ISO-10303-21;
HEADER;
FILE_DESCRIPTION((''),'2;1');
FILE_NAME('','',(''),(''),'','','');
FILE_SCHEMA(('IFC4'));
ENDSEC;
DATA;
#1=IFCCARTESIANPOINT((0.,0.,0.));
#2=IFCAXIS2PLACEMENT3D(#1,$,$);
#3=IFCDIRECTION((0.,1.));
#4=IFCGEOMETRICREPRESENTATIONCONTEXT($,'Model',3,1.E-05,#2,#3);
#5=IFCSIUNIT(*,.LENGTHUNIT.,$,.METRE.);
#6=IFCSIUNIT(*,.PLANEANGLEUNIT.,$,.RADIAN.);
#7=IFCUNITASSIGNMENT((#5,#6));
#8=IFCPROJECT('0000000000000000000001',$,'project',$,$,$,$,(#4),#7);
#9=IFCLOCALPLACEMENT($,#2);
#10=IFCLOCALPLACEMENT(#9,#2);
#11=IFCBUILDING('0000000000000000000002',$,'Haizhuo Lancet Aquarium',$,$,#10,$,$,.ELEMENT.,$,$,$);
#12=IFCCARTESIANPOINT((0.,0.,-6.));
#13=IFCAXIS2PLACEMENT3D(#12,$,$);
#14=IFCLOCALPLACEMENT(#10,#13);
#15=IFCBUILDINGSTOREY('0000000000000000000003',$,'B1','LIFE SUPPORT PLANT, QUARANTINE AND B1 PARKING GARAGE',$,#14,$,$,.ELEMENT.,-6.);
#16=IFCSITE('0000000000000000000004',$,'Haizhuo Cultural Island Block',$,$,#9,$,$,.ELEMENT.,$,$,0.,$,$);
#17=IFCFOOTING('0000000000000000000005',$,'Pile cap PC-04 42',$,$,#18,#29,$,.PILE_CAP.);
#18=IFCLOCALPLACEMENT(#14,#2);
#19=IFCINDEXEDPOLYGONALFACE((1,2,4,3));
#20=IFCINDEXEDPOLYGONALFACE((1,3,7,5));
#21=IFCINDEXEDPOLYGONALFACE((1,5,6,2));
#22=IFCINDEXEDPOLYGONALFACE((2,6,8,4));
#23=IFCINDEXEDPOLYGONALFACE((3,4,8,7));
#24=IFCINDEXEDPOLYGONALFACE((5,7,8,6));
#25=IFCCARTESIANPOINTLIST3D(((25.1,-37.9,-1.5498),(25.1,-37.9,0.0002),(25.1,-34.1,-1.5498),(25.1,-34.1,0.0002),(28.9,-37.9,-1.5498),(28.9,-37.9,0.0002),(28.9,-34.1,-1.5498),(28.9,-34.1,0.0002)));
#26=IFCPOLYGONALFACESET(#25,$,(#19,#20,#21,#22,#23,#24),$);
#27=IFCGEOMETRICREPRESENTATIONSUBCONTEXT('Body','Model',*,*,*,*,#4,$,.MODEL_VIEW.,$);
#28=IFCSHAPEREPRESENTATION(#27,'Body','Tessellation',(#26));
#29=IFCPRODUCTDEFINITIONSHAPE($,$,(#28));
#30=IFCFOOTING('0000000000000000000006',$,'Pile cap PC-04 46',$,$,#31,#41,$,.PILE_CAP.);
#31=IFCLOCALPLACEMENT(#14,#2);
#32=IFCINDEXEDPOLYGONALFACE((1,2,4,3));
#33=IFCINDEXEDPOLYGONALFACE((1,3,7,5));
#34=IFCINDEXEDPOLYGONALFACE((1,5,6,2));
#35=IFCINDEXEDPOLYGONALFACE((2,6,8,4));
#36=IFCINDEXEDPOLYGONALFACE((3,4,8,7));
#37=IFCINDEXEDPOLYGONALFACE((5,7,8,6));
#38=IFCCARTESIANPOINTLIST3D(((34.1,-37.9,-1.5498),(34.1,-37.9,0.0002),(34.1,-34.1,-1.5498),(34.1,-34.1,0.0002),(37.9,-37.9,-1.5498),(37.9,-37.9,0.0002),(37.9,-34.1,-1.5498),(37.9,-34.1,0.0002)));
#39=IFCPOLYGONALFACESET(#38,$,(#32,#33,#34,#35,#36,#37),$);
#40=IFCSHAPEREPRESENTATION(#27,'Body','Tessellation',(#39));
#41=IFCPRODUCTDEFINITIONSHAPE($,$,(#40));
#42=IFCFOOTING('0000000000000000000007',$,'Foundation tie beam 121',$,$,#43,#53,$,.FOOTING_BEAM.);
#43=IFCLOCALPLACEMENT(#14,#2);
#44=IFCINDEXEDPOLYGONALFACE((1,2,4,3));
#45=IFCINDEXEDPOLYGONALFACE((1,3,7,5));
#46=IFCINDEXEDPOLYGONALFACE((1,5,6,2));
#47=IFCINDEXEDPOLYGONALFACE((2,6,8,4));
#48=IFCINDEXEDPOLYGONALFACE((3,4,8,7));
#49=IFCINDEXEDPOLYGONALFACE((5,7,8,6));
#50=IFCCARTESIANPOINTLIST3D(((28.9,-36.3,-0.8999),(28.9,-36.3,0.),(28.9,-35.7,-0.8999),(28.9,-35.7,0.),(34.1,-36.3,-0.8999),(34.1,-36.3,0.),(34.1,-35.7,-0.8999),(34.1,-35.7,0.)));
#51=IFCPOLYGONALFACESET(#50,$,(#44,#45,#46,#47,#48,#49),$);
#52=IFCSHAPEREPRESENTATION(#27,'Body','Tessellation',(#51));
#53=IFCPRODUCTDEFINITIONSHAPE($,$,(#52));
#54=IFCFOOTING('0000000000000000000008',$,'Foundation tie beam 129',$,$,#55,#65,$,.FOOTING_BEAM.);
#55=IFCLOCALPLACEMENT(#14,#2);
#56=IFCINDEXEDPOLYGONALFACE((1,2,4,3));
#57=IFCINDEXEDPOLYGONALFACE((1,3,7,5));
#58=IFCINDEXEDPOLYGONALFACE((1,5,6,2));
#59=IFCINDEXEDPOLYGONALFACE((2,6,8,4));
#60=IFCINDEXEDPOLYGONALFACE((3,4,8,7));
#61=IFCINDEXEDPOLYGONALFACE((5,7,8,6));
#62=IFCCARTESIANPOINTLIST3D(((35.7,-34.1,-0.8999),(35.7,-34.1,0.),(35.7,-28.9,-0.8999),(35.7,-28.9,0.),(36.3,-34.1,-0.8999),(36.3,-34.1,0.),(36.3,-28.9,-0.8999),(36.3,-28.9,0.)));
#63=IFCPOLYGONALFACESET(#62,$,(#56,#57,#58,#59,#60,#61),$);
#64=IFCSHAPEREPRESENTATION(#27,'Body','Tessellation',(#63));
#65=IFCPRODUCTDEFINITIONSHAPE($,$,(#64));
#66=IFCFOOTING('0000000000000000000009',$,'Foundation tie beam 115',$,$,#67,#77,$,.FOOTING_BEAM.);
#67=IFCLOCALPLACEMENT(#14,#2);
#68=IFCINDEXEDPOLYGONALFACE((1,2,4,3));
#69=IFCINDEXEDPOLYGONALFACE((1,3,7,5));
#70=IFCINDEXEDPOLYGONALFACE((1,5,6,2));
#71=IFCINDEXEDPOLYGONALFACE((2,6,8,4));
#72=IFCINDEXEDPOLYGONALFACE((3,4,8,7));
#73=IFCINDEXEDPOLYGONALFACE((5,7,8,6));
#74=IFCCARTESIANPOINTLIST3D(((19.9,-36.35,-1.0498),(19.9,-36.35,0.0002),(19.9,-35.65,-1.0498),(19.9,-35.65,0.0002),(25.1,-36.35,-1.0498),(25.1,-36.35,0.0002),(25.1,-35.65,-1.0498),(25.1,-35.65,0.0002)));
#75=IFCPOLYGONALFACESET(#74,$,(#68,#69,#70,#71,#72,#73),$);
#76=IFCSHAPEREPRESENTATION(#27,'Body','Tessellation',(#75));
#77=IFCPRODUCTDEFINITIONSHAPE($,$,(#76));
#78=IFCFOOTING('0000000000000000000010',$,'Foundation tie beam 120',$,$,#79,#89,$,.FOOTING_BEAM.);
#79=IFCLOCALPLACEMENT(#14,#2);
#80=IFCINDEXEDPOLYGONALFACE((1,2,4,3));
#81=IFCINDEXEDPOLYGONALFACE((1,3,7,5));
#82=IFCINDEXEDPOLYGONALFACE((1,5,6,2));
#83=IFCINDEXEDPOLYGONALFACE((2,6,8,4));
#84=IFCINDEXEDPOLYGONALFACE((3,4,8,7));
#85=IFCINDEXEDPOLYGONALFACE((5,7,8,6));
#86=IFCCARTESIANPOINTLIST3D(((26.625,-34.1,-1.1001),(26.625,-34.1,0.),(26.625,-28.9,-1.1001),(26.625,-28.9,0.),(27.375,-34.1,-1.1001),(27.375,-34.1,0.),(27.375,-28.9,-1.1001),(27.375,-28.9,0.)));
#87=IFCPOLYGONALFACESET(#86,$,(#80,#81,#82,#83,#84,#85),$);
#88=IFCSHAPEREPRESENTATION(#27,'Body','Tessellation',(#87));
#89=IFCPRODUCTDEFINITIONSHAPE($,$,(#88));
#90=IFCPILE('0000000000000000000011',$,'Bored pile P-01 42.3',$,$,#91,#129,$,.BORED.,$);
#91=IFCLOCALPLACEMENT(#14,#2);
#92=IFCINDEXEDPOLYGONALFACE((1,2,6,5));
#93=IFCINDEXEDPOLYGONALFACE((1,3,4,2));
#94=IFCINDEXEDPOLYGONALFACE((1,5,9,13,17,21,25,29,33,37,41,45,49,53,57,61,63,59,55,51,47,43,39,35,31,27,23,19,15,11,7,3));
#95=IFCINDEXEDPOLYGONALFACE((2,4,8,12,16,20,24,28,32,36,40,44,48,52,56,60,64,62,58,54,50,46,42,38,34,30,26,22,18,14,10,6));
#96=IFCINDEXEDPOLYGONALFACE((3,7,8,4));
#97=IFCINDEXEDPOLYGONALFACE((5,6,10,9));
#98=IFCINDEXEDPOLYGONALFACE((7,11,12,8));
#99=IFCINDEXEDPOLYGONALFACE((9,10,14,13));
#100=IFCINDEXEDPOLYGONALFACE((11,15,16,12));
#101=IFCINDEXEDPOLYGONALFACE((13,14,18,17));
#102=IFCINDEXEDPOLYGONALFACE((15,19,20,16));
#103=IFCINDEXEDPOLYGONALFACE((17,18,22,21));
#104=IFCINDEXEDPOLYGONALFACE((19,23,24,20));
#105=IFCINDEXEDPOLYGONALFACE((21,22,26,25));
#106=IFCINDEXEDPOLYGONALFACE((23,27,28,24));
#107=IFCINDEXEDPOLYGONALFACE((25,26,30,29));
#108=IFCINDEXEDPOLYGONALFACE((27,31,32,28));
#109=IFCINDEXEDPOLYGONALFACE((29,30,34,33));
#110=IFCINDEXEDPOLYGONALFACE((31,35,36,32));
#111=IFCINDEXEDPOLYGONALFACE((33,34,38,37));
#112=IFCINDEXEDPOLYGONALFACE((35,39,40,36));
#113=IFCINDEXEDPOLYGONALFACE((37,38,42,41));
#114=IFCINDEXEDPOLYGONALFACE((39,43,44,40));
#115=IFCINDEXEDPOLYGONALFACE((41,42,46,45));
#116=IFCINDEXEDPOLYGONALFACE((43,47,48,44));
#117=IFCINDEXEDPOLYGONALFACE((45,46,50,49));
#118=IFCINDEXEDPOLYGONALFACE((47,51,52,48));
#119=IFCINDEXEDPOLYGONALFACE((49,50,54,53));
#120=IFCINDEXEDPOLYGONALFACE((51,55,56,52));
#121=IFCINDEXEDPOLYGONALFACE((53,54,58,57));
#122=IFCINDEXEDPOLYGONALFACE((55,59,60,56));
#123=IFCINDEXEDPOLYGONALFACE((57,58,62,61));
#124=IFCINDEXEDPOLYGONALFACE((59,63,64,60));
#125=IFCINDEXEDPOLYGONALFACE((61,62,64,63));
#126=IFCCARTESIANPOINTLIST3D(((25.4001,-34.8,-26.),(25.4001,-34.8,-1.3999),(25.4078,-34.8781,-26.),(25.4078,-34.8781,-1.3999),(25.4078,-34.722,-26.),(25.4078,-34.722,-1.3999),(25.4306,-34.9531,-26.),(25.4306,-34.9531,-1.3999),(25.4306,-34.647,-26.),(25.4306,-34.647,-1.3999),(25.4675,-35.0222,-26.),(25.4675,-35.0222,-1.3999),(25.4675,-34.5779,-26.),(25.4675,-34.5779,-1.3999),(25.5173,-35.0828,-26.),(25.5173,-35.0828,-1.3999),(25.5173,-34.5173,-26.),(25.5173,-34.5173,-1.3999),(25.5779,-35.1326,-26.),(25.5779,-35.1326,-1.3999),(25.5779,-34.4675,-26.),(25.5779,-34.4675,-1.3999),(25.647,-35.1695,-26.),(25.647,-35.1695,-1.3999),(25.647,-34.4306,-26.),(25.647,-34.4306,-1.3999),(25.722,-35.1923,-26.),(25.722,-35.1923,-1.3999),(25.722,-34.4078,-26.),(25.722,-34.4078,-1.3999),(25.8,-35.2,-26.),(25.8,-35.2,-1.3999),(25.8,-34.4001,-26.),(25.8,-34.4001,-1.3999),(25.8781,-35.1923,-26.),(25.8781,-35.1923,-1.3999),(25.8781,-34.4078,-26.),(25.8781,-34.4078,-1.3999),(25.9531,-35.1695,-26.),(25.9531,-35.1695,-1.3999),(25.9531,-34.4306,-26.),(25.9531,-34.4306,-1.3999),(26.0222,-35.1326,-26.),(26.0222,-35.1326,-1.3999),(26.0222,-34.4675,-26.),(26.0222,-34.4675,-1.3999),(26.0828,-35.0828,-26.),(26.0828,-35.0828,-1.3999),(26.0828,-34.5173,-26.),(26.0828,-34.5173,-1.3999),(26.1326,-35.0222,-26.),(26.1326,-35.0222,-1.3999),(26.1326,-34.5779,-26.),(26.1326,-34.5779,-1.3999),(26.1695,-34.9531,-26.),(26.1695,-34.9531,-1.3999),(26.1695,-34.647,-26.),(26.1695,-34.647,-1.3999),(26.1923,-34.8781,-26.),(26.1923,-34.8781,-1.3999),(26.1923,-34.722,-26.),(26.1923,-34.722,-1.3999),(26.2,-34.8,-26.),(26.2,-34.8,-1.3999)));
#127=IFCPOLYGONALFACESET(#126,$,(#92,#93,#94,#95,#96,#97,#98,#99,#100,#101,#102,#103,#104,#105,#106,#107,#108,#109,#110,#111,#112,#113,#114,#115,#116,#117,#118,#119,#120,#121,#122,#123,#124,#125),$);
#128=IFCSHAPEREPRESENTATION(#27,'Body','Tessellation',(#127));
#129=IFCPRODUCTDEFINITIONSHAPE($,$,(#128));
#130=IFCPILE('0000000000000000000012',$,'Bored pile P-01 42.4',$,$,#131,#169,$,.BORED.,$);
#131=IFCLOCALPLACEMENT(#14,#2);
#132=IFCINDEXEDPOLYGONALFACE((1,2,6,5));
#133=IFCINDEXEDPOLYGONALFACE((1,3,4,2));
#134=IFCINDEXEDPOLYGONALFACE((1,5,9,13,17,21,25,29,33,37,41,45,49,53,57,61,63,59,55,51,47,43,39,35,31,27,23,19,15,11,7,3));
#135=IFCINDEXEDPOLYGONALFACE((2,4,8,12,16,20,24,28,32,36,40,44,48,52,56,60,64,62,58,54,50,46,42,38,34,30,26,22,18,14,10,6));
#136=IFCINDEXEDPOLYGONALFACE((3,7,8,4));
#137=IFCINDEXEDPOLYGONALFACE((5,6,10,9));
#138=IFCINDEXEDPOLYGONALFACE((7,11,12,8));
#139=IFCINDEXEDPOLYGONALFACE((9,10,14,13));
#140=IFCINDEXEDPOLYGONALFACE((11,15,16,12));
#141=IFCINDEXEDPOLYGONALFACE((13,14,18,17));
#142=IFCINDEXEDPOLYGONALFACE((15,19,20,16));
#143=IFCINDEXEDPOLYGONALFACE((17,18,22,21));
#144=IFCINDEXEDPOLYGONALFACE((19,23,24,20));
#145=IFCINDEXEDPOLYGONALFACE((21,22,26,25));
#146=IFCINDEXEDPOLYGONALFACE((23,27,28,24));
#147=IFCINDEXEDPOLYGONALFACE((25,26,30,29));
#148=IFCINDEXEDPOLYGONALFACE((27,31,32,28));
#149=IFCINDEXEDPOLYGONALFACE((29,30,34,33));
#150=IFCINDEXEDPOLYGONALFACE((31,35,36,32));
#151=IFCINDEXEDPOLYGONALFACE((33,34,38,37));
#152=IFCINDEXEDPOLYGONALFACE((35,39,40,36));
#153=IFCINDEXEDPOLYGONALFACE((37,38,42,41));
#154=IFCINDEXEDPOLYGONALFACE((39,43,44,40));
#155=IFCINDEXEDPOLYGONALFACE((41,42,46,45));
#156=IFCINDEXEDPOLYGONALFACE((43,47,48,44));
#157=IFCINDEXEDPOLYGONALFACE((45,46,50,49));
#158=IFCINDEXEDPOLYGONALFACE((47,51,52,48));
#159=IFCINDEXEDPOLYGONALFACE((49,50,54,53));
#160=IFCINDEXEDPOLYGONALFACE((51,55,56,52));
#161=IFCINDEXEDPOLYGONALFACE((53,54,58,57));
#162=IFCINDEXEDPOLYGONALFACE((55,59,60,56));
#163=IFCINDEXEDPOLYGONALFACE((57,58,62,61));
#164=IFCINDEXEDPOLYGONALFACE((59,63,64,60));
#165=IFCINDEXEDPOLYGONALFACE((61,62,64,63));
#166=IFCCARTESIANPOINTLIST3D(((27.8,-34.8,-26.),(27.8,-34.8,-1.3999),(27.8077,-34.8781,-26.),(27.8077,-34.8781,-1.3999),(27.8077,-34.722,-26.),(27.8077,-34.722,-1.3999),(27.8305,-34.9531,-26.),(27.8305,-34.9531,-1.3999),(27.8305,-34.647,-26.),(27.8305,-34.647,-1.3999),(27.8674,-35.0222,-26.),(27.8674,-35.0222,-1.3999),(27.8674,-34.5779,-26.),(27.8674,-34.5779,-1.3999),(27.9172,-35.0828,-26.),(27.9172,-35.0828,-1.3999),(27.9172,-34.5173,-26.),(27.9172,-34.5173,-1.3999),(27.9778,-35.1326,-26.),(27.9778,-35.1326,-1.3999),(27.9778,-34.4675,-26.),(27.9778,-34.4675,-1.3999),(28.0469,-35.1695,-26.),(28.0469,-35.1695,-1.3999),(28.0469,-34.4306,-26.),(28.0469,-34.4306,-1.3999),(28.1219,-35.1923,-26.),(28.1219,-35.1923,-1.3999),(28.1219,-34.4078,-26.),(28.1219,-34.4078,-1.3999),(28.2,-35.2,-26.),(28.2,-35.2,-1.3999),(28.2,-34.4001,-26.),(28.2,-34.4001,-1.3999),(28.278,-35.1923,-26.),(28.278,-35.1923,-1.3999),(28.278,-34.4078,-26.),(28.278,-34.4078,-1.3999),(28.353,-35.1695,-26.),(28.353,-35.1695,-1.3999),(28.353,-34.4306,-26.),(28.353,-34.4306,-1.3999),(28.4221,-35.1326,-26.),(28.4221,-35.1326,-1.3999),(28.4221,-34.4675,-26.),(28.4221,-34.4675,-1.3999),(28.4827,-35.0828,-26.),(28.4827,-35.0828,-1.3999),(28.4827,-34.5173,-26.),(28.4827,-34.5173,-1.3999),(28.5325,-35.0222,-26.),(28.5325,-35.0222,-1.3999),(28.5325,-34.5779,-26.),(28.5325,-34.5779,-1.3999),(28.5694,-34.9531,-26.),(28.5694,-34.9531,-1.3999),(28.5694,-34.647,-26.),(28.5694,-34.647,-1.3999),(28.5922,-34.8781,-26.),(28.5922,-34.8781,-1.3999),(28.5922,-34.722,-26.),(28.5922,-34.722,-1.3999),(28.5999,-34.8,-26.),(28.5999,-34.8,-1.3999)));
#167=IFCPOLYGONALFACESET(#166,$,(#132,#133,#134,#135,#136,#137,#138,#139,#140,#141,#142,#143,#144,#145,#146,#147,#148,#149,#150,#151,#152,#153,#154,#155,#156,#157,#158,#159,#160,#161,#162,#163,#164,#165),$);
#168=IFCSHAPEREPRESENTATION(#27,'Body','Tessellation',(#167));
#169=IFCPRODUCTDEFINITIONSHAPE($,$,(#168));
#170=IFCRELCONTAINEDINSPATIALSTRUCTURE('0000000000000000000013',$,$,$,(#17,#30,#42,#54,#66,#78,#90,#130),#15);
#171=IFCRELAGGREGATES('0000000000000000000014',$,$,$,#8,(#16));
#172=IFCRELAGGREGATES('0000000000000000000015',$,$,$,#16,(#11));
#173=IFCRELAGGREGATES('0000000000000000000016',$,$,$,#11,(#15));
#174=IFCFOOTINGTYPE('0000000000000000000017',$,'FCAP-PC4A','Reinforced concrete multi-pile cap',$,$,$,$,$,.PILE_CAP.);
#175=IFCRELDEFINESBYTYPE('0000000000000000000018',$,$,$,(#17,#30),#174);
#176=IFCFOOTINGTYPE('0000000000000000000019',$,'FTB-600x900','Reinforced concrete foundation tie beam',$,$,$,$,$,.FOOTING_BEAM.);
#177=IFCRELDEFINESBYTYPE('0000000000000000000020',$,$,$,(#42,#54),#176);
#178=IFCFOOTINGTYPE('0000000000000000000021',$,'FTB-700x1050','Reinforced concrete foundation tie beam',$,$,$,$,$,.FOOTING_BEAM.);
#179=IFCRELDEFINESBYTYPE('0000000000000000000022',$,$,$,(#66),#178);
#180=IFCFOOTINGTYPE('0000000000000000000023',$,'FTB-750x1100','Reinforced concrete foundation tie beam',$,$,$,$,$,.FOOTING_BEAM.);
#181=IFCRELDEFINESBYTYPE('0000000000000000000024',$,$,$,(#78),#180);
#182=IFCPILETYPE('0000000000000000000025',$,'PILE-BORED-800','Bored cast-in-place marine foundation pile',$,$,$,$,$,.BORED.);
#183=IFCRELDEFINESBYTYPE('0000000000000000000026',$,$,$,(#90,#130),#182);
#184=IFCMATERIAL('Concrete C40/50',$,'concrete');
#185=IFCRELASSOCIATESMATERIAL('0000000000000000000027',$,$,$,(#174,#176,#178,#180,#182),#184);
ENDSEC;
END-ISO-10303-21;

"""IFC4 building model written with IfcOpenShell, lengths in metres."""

from ifc_helpers import new_model, si_unit, direction, frame, origin, origin_2d, place, context, subcontext, project, spatial, rectangle, circle, extrude, material, material_profile, profile_set, type_object, element, save


model = new_model("IFC4")

# Units and contexts
model_context = context("Model", 3, precision=1e-05, world=origin(), true_north=direction((0.0, 1.0)))
body_context = subcontext(model_context, "Body", "Model", "MODEL_VIEW")
ifc_project = project(units=[si_unit("LENGTHUNIT", "METRE"), si_unit("PLANEANGLEUNIT", "RADIAN")], contexts=[model_context])

# Site, building, storey
site_placement = place(None, origin())
site = spatial("IfcSite", under=ifc_project, at=site_placement, Name="Haizhuo Cultural Island Block", CompositionType="ELEMENT", RefElevation=0.0)
building_placement = place(site_placement, origin())
building = spatial("IfcBuilding", under=site, at=building_placement, Name="Haizhuo Lancet Aquarium", CompositionType="ELEMENT")
storey_placement = place(building_placement, frame((0.0, 0.0, -6.0)))
storey = spatial("IfcBuildingStorey", under=building, at=storey_placement, Name="B1", Description="LIFE SUPPORT PLANT, QUARANTINE AND B1 PARKING GARAGE", CompositionType="ELEMENT", Elevation=-6.0)

# Footings
ifc_material_1 = material(Name="Concrete C40/50", Category="concrete")
footing_type_1 = type_object("IfcFootingType", Name="FCAP-PC4A", Description="Reinforced concrete multi-pile cap", PredefinedType="PILE_CAP", material=ifc_material_1)
for number, where, z_axis, x_axis, name in (
    (1, (27.0, -36.0, -1.5498), (0.0, 0.0, 1.0), (1.0, 0.0, 0.0), "Pile cap PC-04 42"),
    (2, (36.0, -36.0, -1.5498), (0.0, 0.0, 1.0), (1.0, 0.0, 0.0), "Pile cap PC-04 46"),
):
    element("IfcFooting", number, at=place(storey_placement, frame(where, z_axis=z_axis, x_axis=x_axis)), inside=storey, type_object=footing_type_1, Name=name, PredefinedType="PILE_CAP", context=body_context, shape_type="SweptSolid", body=[
        extrude(rectangle(XDim=3.8, YDim=3.8, at=origin_2d()), origin(), (0.0, 0.0, 1.0), 1.55),
    ])
footing_type_2 = type_object("IfcFootingType", Name="FTB-600x900", Description="Reinforced concrete foundation tie beam", PredefinedType="FOOTING_BEAM", material=ifc_material_1)
for number, where, z_axis, x_axis, name in (
    (3, (31.5, -36.0, -0.8999), (0.0, 0.0, 1.0), (1.0, 0.0, 0.0), "Foundation tie beam 121"),
    (4, (36.0, -31.5, -0.8999), (0.0, 0.0, 1.0), (0.0, 1.0, 0.0), "Foundation tie beam 129"),
):
    element("IfcFooting", number, at=place(storey_placement, frame(where, z_axis=z_axis, x_axis=x_axis)), inside=storey, type_object=footing_type_2, Name=name, PredefinedType="FOOTING_BEAM", context=body_context, shape_type="SweptSolid", body=[
        extrude(rectangle(XDim=5.2, YDim=0.6001, at=origin_2d()), origin(), (0.0, 0.0, 1.0), 0.8999),
    ])
footing_type_3 = type_object("IfcFootingType", Name="FTB-700x1050", Description="Reinforced concrete foundation tie beam", PredefinedType="FOOTING_BEAM", material=ifc_material_1)
footing_1_placement = place(storey_placement, frame((22.5, -36.0, -1.0498), z_axis=(0.0, 0.0, 1.0), x_axis=(1.0, 0.0, 0.0)))
element("IfcFooting", 5, at=footing_1_placement, inside=storey, type_object=footing_type_3, Name="Foundation tie beam 115", PredefinedType="FOOTING_BEAM", context=body_context, shape_type="SweptSolid", body=[
    extrude(rectangle(XDim=5.2, YDim=0.7, at=origin_2d()), origin(), (0.0, 0.0, 1.0), 1.05),
])
footing_type_4 = type_object("IfcFootingType", Name="FTB-750x1100", Description="Reinforced concrete foundation tie beam", PredefinedType="FOOTING_BEAM", material=ifc_material_1)
footing_2_placement = place(storey_placement, frame((27.0, -31.5, -1.1001), z_axis=(0.0, 0.0, 1.0), x_axis=(0.0, 1.0, 0.0)))
element("IfcFooting", 6, at=footing_2_placement, inside=storey, type_object=footing_type_4, Name="Foundation tie beam 120", PredefinedType="FOOTING_BEAM", context=body_context, shape_type="SweptSolid", body=[
    extrude(rectangle(XDim=5.2, YDim=0.75, at=origin_2d()), origin(), (0.0, 0.0, 1.0), 1.1001),
])

# Piles
ifc_material_profile_1 = material_profile(ifc_material_1, circle(Radius=0.3999, at=origin_2d()), Name="PILE-800")
ifc_profile_set_1 = profile_set([ifc_material_profile_1], Name="Concrete C40/50")
pile_type = type_object("IfcPileType", Name="PILE-BORED-800", Description="Bored cast-in-place marine foundation pile", PredefinedType="BORED", material=ifc_profile_set_1)
for number, where, z_axis, x_axis, name in (
    (7, (25.8, -34.8, -1.3999), (0.0, 0.0, -1.0), (1.0, 0.0, 0.0), "Bored pile P-01 42.3"),
    (8, (28.2, -34.8, -1.3999), (0.0, 0.0, -1.0), (1.0, 0.0, 0.0), "Bored pile P-01 42.4"),
):
    element("IfcPile", number, at=place(storey_placement, frame(where, z_axis=z_axis, x_axis=x_axis)), inside=storey, type_object=pile_type, Name=name, PredefinedType="BORED", context=body_context, shape_type="SweptSolid", body=[
        extrude(circle(Radius=0.3999, at=origin_2d()), origin(), (0.0, 0.0, 1.0), 24.6001),
    ])

save(model, "model.ifc")
